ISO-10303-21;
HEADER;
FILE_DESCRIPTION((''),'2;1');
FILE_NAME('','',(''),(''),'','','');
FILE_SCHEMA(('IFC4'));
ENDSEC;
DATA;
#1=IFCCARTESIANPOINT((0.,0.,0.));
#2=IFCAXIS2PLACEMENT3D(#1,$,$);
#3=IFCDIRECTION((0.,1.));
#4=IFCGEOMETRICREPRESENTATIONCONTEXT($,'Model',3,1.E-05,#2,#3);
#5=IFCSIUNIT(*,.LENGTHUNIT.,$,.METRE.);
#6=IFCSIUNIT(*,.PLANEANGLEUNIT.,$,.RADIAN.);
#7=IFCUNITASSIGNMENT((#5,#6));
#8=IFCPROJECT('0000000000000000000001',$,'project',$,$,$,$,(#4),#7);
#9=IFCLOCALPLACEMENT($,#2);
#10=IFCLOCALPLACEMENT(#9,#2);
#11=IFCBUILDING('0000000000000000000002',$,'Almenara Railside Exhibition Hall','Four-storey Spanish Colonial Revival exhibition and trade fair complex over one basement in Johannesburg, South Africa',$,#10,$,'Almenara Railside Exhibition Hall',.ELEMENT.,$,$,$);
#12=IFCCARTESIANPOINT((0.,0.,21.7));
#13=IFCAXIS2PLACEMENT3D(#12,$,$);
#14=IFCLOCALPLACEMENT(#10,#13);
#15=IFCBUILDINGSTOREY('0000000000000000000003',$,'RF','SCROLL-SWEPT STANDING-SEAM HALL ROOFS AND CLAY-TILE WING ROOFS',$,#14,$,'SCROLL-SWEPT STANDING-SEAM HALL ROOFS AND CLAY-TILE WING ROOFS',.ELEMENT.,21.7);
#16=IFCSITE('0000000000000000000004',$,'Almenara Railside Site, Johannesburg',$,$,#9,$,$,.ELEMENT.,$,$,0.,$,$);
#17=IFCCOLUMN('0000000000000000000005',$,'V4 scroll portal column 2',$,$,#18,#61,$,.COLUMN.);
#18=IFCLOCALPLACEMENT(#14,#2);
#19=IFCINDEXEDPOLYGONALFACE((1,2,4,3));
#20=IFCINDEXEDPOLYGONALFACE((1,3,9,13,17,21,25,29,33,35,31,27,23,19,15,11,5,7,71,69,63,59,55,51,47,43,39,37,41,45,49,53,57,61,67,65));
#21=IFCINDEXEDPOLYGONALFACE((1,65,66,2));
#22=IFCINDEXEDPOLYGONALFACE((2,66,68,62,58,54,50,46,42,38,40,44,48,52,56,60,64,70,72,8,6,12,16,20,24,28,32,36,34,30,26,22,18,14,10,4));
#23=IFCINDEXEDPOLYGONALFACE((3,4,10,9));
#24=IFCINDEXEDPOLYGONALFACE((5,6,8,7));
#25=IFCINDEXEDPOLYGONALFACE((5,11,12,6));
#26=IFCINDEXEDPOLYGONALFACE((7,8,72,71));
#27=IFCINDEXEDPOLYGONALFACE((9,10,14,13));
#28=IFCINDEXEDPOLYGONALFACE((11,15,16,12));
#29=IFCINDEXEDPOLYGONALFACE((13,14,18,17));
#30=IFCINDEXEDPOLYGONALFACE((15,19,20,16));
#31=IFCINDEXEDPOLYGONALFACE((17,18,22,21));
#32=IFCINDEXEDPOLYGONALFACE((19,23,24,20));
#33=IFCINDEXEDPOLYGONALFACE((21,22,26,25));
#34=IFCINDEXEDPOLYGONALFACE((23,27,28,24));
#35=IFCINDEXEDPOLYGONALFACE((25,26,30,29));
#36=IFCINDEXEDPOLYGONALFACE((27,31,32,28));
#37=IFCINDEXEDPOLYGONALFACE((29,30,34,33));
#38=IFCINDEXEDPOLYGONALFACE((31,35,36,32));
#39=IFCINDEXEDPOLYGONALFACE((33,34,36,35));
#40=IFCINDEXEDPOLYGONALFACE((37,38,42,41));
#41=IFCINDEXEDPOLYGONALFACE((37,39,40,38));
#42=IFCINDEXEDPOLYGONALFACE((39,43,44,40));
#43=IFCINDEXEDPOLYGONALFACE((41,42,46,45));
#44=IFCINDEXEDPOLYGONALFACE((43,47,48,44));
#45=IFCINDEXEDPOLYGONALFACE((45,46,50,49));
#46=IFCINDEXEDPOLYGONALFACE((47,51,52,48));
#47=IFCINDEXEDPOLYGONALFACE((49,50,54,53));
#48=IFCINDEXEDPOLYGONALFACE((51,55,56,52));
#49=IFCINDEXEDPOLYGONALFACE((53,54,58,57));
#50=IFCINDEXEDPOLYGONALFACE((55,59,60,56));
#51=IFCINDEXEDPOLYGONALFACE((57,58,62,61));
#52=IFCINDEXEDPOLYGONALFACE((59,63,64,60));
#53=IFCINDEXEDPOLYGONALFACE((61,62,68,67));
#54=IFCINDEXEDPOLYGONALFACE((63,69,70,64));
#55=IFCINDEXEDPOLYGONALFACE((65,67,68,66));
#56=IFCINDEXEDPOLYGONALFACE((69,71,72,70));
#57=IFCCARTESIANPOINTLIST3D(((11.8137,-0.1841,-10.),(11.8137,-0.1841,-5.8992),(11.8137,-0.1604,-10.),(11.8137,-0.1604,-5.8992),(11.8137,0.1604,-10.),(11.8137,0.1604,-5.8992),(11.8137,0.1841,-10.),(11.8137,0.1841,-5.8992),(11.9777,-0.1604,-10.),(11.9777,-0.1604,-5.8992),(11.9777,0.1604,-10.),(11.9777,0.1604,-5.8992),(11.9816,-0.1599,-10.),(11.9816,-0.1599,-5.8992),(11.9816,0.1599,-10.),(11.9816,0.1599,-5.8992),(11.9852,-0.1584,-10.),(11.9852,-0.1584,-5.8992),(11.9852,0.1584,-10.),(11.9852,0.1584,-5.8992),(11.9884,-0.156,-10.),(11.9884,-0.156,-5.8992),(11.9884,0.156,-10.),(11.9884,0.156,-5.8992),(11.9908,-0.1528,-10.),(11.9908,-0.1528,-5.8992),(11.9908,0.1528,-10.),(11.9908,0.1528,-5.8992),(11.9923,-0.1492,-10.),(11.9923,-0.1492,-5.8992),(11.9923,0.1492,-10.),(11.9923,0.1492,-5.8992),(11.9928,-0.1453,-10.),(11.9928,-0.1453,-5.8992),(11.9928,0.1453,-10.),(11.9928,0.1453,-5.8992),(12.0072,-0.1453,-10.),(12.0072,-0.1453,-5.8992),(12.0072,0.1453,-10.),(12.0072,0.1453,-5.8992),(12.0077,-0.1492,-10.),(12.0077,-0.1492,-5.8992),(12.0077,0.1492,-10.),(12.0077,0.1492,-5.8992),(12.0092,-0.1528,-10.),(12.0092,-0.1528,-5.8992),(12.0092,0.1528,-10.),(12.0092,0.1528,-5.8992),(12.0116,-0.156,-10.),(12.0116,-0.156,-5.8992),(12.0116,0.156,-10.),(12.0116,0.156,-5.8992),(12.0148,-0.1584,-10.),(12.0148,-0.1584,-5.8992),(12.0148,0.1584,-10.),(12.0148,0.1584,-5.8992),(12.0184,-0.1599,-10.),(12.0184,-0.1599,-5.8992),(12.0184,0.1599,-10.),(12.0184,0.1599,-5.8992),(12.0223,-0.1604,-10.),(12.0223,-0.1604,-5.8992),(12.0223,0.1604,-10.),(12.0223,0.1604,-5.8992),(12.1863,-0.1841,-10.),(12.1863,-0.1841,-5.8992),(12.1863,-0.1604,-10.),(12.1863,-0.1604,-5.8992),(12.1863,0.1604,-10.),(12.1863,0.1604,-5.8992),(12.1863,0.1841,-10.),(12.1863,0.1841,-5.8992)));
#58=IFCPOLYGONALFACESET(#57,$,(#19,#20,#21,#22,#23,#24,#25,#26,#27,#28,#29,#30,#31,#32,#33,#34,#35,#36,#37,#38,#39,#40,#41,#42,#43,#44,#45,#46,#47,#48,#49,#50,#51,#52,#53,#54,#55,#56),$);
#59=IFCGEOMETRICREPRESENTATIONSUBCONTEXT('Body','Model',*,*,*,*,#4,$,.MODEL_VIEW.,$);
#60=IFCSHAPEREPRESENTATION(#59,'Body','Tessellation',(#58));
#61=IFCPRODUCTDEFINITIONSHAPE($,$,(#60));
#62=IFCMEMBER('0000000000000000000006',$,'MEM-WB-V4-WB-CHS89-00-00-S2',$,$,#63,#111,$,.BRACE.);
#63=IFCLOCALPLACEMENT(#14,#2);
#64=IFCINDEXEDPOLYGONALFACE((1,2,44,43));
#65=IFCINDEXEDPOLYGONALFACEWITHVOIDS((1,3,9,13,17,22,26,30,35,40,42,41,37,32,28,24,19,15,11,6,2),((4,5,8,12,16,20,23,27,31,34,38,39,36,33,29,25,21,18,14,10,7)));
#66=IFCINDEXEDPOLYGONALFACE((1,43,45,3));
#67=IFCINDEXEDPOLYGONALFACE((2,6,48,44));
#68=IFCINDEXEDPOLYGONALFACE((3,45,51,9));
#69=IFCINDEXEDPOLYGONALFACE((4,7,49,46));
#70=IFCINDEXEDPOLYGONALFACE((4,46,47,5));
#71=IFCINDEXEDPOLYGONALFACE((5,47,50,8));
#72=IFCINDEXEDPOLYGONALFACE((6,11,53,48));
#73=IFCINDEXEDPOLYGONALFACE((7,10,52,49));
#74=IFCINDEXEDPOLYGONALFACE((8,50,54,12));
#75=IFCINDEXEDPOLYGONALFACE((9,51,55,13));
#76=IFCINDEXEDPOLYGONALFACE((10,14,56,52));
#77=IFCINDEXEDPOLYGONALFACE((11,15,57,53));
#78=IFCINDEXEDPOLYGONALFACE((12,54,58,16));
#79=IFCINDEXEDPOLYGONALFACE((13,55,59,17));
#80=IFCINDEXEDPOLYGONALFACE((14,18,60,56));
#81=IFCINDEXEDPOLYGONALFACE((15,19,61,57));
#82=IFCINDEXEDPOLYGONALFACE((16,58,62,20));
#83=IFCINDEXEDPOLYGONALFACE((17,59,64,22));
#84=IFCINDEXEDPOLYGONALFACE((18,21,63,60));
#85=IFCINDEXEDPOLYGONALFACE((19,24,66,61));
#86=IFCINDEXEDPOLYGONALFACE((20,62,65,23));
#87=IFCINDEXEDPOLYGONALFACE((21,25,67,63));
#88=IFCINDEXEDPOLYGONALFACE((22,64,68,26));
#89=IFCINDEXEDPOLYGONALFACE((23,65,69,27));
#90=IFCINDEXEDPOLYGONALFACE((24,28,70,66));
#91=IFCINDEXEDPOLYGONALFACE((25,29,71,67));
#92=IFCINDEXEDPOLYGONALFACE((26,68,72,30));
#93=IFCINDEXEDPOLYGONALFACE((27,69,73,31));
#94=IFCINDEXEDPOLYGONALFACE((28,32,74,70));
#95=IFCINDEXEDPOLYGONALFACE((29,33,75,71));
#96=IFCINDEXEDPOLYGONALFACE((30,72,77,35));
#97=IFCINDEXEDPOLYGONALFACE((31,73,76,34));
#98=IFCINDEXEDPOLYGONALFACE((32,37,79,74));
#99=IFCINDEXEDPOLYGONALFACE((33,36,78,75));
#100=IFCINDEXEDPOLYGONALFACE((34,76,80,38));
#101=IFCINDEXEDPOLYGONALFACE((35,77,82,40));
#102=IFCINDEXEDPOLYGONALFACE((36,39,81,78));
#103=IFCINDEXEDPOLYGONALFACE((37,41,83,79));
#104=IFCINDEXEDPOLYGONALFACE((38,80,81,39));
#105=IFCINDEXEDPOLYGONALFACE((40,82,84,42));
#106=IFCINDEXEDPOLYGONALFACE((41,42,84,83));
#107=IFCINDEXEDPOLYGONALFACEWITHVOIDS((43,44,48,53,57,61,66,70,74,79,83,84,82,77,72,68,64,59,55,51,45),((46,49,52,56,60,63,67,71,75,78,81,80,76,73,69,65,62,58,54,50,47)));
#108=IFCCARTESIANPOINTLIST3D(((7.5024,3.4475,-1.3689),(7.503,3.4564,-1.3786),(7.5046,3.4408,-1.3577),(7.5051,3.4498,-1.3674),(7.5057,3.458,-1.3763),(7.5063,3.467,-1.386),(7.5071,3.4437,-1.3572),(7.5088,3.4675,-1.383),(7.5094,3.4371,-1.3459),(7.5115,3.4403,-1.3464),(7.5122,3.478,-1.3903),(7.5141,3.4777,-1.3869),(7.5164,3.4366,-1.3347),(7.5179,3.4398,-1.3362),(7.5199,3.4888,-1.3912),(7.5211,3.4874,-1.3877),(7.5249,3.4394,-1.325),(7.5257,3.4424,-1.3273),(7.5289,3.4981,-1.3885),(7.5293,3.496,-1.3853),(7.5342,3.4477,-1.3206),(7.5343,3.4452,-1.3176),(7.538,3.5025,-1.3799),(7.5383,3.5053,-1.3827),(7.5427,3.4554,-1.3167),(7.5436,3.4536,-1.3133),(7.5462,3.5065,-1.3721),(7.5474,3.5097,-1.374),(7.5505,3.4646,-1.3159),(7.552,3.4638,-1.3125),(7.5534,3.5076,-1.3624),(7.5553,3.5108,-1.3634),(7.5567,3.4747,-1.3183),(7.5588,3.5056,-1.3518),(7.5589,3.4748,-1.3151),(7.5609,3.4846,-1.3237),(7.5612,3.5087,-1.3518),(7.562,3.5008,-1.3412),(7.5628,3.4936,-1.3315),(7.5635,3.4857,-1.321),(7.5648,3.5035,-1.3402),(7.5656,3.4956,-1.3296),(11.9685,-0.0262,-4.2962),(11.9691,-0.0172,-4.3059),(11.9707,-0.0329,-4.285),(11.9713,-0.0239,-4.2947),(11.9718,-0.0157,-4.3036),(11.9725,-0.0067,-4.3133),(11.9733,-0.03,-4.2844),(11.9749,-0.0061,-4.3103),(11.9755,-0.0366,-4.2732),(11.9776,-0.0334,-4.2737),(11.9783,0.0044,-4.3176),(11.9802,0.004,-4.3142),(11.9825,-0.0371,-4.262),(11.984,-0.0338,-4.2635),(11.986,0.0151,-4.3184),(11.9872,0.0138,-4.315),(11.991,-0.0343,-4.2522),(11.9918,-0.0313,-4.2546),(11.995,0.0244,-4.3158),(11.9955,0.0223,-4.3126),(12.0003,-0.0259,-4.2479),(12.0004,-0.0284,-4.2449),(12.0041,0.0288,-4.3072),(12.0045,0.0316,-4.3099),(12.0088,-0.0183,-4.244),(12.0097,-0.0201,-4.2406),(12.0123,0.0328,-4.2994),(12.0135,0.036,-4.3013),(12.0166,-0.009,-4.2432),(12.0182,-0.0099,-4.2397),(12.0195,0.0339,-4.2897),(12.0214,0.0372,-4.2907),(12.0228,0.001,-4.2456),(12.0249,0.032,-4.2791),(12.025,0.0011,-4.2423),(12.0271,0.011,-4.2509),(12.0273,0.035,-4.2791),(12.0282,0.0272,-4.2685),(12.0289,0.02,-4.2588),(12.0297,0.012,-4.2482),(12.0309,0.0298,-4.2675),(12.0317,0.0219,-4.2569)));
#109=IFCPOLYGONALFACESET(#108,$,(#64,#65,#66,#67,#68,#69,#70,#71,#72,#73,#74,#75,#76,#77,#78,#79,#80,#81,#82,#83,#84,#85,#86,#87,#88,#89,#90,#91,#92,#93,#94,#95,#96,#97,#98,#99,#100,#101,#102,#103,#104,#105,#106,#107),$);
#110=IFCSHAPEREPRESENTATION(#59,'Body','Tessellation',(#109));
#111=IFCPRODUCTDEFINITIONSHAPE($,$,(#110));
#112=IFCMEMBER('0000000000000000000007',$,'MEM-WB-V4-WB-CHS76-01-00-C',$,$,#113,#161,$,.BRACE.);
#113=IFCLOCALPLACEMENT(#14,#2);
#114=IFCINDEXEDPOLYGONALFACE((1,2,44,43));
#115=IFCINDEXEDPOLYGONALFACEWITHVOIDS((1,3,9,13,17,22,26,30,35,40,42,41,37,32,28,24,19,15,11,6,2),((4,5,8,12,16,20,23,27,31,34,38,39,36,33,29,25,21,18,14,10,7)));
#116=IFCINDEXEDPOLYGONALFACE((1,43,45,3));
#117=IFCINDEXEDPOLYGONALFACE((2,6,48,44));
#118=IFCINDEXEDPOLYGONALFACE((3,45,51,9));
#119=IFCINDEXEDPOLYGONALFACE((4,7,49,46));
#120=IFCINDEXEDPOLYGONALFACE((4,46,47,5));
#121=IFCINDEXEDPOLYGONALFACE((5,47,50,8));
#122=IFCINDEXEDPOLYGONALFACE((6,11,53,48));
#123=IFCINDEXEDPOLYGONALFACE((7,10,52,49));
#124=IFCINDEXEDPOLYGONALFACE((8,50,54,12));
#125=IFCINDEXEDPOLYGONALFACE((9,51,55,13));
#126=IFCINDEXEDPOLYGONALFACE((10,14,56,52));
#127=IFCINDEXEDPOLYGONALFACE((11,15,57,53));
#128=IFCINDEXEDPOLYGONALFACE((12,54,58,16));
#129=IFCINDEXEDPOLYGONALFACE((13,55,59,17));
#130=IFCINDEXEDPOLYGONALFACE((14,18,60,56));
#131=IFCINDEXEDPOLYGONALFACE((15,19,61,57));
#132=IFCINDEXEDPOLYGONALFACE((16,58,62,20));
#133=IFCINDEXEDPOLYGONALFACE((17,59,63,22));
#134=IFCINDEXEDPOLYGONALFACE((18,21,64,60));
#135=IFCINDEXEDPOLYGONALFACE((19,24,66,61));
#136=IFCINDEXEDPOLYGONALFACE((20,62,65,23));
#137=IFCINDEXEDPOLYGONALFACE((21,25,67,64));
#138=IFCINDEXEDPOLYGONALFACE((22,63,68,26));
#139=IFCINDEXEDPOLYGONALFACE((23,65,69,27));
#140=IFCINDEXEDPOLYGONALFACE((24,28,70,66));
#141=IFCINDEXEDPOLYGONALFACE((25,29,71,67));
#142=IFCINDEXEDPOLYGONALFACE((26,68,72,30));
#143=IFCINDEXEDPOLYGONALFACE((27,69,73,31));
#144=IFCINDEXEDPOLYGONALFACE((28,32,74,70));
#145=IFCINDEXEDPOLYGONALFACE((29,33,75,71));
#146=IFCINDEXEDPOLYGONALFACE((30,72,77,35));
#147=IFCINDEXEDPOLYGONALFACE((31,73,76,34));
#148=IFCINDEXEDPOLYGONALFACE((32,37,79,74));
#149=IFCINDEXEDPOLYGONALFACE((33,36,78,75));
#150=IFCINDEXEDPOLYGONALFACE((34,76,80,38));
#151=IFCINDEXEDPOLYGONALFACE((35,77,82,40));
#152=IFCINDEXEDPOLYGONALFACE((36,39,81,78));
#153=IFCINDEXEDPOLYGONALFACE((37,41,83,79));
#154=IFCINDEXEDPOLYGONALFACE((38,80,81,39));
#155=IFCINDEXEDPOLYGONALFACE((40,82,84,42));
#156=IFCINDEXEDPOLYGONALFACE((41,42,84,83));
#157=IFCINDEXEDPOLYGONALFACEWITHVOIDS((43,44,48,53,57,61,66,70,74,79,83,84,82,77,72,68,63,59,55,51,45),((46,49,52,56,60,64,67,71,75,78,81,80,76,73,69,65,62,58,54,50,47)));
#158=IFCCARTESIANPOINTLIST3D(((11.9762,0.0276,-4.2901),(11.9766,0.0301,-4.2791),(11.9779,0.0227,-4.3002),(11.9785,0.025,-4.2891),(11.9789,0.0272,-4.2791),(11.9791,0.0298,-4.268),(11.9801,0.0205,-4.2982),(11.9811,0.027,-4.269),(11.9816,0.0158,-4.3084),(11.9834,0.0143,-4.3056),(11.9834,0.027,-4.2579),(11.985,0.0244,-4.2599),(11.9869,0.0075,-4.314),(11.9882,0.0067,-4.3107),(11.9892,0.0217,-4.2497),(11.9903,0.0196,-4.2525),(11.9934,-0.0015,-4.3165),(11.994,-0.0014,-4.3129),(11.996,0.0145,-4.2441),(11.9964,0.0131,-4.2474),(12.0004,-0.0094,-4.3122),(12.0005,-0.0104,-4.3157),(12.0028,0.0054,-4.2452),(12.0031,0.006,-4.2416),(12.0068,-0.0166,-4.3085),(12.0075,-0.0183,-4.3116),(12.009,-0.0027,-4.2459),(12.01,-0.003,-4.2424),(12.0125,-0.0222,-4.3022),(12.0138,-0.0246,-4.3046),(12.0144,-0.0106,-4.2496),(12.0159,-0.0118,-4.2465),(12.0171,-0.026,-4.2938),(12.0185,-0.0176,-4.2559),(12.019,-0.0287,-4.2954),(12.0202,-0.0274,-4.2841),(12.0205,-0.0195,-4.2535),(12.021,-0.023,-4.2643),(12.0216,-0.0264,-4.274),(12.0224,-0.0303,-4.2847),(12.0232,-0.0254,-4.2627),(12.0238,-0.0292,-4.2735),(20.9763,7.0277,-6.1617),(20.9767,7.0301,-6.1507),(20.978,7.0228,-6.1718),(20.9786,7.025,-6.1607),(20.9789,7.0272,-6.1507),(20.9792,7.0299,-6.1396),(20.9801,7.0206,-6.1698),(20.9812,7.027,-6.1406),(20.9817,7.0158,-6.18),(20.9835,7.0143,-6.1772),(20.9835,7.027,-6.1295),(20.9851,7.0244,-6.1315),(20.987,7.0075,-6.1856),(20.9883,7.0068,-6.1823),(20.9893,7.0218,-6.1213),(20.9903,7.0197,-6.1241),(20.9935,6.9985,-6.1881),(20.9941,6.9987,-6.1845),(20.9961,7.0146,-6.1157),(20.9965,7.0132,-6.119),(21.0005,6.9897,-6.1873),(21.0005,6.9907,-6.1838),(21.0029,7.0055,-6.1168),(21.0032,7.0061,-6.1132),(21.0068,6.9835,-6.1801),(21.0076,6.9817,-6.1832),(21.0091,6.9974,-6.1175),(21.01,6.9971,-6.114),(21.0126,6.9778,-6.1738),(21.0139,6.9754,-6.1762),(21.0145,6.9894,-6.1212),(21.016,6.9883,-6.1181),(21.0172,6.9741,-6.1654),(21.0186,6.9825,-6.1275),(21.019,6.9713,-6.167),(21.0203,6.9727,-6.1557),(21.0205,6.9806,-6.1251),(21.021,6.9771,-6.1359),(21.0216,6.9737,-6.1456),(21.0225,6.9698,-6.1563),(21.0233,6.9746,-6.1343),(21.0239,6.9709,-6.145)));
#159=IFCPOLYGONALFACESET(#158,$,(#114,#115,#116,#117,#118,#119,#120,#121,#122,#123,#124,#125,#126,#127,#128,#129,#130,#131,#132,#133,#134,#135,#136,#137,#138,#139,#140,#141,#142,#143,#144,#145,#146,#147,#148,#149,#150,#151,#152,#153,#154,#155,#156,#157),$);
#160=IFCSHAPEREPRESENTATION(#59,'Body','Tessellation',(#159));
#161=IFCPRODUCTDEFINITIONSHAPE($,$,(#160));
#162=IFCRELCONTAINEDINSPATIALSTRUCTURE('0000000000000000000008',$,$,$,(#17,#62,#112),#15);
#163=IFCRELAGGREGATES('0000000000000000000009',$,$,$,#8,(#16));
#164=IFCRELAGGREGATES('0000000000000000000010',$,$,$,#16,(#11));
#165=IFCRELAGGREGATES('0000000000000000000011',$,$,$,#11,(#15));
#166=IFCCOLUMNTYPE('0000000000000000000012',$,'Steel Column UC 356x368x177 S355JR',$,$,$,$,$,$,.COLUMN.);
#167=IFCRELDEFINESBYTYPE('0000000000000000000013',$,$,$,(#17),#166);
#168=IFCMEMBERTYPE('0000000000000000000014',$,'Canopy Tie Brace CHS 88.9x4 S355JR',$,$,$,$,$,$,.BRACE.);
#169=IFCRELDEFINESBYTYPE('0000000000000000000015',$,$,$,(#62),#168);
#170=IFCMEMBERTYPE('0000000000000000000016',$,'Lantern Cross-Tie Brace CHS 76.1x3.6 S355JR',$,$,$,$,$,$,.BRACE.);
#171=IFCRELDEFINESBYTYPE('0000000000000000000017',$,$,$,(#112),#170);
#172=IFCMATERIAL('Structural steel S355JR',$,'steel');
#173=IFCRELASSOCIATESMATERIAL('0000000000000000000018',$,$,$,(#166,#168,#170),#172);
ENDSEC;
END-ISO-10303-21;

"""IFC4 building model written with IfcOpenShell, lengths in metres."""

from ifc_helpers import new_model, si_unit, direction, frame, origin, origin_2d, place, context, subcontext, project, spatial, hollow_circle, i_section, extrude, material, material_profile, profile_set, type_object, element, save


model = new_model("IFC4")

# Units and contexts
model_context = context("Model", 3, precision=1e-05, world=origin(), true_north=direction((0.0, 1.0)))
body_context = subcontext(model_context, "Body", "Model", "MODEL_VIEW")
ifc_project = project(units=[si_unit("LENGTHUNIT", "METRE"), si_unit("PLANEANGLEUNIT", "RADIAN")], contexts=[model_context])

# Site, building, storey
site_placement = place(None, origin())
site = spatial("IfcSite", under=ifc_project, at=site_placement, Name="Almenara Railside Site, Johannesburg", CompositionType="ELEMENT", RefElevation=0.0)
building_placement = place(site_placement, origin())
building = spatial("IfcBuilding", under=site, at=building_placement, Name="Almenara Railside Exhibition Hall", Description="Four-storey Spanish Colonial Revival exhibition and trade fair complex over one basement in Johannesburg, South Africa", LongName="Almenara Railside Exhibition Hall", CompositionType="ELEMENT")
storey_placement = place(building_placement, frame((0.0, 0.0, 21.7)))
storey = spatial("IfcBuildingStorey", under=building, at=storey_placement, Name="RF", Description="SCROLL-SWEPT STANDING-SEAM HALL ROOFS AND CLAY-TILE WING ROOFS", LongName="SCROLL-SWEPT STANDING-SEAM HALL ROOFS AND CLAY-TILE WING ROOFS", CompositionType="ELEMENT", Elevation=21.7)

# Column
ifc_material = material(Name="Structural steel S355JR", Category="steel")
ifc_material_profile_1 = material_profile(ifc_material, i_section(OverallWidth=0.3726, OverallDepth=0.3682, WebThickness=0.0144, FlangeThickness=0.0237, FilletRadius=0.0151, at=origin_2d()), Name="UC 356x368x177")
ifc_profile_set_1 = profile_set([ifc_material_profile_1], Name="Structural steel S355JR")
column_type = type_object("IfcColumnType", Name="Steel Column UC 356x368x177 S355JR", PredefinedType="COLUMN", material=ifc_profile_set_1)
column_placement = place(storey_placement, frame((12.0, 0.0, -10.0), z_axis=(0.0, 0.0, 1.0), x_axis=(1.0, 0.0, 0.0)))
element("IfcColumn", 1, at=column_placement, inside=storey, type_object=column_type, Name="V4 scroll portal column 2", PredefinedType="COLUMN", context=body_context, shape_type="SweptSolid", body=[
    extrude(i_section(OverallWidth=0.3726, OverallDepth=0.3682, WebThickness=0.0144, FlangeThickness=0.0237, FilletRadius=0.0151, at=origin_2d()), origin(), (0.0, 0.0, 1.0), 4.1008),
])

# Members
ifc_material_profile_2 = material_profile(ifc_material, hollow_circle(Radius=0.0444, WallThickness=0.0039, at=origin_2d()), Name="CHS 88.9x4")
ifc_profile_set_2 = profile_set([ifc_material_profile_2], Name="Structural steel S355JR")
member_type_1 = type_object("IfcMemberType", Name="Canopy Tie Brace CHS 88.9x4 S355JR", PredefinedType="BRACE", material=ifc_profile_set_2)
member_1_placement = place(storey_placement, frame((7.5339, 3.4736, -1.3518), z_axis=(0.701077, -0.545286, -0.459515), x_axis=(0.613944, 0.78935, 0.0)))
element("IfcMember", 2, at=member_1_placement, inside=storey, type_object=member_type_1, Name="MEM-WB-V4-WB-CHS89-00-00-S2", PredefinedType="BRACE", context=body_context, shape_type="SweptSolid", body=[
    extrude(hollow_circle(Radius=0.0444, WallThickness=0.0039, at=origin_2d()), origin(), (0.0, 0.0, 1.0), 6.3704),
])
ifc_material_profile_3 = material_profile(ifc_material, hollow_circle(Radius=0.0381, WallThickness=0.0037, at=origin_2d()), Name="CHS 76.1x3.6")
ifc_profile_set_3 = profile_set([ifc_material_profile_3], Name="Structural steel S355JR")
member_type_2 = type_object("IfcMemberType", Name="Lantern Cross-Tie Brace CHS 76.1x3.6 S355JR", PredefinedType="BRACE", material=ifc_profile_set_3)
member_2_placement = place(storey_placement, frame((12.0, 0.0, -4.2791), z_axis=(0.778928, 0.605833, -0.161981), x_axis=(-0.613941, 0.789352, 0.0)))
element("IfcMember", 3, at=member_2_placement, inside=storey, type_object=member_type_2, Name="MEM-WB-V4-WB-CHS76-01-00-C", PredefinedType="BRACE", context=body_context, shape_type="SweptSolid", body=[
    extrude(hollow_circle(Radius=0.0381, WallThickness=0.0037, at=origin_2d()), origin(), (0.0, 0.0, 1.0), 11.5544),
])

save(model, "model.ifc")
